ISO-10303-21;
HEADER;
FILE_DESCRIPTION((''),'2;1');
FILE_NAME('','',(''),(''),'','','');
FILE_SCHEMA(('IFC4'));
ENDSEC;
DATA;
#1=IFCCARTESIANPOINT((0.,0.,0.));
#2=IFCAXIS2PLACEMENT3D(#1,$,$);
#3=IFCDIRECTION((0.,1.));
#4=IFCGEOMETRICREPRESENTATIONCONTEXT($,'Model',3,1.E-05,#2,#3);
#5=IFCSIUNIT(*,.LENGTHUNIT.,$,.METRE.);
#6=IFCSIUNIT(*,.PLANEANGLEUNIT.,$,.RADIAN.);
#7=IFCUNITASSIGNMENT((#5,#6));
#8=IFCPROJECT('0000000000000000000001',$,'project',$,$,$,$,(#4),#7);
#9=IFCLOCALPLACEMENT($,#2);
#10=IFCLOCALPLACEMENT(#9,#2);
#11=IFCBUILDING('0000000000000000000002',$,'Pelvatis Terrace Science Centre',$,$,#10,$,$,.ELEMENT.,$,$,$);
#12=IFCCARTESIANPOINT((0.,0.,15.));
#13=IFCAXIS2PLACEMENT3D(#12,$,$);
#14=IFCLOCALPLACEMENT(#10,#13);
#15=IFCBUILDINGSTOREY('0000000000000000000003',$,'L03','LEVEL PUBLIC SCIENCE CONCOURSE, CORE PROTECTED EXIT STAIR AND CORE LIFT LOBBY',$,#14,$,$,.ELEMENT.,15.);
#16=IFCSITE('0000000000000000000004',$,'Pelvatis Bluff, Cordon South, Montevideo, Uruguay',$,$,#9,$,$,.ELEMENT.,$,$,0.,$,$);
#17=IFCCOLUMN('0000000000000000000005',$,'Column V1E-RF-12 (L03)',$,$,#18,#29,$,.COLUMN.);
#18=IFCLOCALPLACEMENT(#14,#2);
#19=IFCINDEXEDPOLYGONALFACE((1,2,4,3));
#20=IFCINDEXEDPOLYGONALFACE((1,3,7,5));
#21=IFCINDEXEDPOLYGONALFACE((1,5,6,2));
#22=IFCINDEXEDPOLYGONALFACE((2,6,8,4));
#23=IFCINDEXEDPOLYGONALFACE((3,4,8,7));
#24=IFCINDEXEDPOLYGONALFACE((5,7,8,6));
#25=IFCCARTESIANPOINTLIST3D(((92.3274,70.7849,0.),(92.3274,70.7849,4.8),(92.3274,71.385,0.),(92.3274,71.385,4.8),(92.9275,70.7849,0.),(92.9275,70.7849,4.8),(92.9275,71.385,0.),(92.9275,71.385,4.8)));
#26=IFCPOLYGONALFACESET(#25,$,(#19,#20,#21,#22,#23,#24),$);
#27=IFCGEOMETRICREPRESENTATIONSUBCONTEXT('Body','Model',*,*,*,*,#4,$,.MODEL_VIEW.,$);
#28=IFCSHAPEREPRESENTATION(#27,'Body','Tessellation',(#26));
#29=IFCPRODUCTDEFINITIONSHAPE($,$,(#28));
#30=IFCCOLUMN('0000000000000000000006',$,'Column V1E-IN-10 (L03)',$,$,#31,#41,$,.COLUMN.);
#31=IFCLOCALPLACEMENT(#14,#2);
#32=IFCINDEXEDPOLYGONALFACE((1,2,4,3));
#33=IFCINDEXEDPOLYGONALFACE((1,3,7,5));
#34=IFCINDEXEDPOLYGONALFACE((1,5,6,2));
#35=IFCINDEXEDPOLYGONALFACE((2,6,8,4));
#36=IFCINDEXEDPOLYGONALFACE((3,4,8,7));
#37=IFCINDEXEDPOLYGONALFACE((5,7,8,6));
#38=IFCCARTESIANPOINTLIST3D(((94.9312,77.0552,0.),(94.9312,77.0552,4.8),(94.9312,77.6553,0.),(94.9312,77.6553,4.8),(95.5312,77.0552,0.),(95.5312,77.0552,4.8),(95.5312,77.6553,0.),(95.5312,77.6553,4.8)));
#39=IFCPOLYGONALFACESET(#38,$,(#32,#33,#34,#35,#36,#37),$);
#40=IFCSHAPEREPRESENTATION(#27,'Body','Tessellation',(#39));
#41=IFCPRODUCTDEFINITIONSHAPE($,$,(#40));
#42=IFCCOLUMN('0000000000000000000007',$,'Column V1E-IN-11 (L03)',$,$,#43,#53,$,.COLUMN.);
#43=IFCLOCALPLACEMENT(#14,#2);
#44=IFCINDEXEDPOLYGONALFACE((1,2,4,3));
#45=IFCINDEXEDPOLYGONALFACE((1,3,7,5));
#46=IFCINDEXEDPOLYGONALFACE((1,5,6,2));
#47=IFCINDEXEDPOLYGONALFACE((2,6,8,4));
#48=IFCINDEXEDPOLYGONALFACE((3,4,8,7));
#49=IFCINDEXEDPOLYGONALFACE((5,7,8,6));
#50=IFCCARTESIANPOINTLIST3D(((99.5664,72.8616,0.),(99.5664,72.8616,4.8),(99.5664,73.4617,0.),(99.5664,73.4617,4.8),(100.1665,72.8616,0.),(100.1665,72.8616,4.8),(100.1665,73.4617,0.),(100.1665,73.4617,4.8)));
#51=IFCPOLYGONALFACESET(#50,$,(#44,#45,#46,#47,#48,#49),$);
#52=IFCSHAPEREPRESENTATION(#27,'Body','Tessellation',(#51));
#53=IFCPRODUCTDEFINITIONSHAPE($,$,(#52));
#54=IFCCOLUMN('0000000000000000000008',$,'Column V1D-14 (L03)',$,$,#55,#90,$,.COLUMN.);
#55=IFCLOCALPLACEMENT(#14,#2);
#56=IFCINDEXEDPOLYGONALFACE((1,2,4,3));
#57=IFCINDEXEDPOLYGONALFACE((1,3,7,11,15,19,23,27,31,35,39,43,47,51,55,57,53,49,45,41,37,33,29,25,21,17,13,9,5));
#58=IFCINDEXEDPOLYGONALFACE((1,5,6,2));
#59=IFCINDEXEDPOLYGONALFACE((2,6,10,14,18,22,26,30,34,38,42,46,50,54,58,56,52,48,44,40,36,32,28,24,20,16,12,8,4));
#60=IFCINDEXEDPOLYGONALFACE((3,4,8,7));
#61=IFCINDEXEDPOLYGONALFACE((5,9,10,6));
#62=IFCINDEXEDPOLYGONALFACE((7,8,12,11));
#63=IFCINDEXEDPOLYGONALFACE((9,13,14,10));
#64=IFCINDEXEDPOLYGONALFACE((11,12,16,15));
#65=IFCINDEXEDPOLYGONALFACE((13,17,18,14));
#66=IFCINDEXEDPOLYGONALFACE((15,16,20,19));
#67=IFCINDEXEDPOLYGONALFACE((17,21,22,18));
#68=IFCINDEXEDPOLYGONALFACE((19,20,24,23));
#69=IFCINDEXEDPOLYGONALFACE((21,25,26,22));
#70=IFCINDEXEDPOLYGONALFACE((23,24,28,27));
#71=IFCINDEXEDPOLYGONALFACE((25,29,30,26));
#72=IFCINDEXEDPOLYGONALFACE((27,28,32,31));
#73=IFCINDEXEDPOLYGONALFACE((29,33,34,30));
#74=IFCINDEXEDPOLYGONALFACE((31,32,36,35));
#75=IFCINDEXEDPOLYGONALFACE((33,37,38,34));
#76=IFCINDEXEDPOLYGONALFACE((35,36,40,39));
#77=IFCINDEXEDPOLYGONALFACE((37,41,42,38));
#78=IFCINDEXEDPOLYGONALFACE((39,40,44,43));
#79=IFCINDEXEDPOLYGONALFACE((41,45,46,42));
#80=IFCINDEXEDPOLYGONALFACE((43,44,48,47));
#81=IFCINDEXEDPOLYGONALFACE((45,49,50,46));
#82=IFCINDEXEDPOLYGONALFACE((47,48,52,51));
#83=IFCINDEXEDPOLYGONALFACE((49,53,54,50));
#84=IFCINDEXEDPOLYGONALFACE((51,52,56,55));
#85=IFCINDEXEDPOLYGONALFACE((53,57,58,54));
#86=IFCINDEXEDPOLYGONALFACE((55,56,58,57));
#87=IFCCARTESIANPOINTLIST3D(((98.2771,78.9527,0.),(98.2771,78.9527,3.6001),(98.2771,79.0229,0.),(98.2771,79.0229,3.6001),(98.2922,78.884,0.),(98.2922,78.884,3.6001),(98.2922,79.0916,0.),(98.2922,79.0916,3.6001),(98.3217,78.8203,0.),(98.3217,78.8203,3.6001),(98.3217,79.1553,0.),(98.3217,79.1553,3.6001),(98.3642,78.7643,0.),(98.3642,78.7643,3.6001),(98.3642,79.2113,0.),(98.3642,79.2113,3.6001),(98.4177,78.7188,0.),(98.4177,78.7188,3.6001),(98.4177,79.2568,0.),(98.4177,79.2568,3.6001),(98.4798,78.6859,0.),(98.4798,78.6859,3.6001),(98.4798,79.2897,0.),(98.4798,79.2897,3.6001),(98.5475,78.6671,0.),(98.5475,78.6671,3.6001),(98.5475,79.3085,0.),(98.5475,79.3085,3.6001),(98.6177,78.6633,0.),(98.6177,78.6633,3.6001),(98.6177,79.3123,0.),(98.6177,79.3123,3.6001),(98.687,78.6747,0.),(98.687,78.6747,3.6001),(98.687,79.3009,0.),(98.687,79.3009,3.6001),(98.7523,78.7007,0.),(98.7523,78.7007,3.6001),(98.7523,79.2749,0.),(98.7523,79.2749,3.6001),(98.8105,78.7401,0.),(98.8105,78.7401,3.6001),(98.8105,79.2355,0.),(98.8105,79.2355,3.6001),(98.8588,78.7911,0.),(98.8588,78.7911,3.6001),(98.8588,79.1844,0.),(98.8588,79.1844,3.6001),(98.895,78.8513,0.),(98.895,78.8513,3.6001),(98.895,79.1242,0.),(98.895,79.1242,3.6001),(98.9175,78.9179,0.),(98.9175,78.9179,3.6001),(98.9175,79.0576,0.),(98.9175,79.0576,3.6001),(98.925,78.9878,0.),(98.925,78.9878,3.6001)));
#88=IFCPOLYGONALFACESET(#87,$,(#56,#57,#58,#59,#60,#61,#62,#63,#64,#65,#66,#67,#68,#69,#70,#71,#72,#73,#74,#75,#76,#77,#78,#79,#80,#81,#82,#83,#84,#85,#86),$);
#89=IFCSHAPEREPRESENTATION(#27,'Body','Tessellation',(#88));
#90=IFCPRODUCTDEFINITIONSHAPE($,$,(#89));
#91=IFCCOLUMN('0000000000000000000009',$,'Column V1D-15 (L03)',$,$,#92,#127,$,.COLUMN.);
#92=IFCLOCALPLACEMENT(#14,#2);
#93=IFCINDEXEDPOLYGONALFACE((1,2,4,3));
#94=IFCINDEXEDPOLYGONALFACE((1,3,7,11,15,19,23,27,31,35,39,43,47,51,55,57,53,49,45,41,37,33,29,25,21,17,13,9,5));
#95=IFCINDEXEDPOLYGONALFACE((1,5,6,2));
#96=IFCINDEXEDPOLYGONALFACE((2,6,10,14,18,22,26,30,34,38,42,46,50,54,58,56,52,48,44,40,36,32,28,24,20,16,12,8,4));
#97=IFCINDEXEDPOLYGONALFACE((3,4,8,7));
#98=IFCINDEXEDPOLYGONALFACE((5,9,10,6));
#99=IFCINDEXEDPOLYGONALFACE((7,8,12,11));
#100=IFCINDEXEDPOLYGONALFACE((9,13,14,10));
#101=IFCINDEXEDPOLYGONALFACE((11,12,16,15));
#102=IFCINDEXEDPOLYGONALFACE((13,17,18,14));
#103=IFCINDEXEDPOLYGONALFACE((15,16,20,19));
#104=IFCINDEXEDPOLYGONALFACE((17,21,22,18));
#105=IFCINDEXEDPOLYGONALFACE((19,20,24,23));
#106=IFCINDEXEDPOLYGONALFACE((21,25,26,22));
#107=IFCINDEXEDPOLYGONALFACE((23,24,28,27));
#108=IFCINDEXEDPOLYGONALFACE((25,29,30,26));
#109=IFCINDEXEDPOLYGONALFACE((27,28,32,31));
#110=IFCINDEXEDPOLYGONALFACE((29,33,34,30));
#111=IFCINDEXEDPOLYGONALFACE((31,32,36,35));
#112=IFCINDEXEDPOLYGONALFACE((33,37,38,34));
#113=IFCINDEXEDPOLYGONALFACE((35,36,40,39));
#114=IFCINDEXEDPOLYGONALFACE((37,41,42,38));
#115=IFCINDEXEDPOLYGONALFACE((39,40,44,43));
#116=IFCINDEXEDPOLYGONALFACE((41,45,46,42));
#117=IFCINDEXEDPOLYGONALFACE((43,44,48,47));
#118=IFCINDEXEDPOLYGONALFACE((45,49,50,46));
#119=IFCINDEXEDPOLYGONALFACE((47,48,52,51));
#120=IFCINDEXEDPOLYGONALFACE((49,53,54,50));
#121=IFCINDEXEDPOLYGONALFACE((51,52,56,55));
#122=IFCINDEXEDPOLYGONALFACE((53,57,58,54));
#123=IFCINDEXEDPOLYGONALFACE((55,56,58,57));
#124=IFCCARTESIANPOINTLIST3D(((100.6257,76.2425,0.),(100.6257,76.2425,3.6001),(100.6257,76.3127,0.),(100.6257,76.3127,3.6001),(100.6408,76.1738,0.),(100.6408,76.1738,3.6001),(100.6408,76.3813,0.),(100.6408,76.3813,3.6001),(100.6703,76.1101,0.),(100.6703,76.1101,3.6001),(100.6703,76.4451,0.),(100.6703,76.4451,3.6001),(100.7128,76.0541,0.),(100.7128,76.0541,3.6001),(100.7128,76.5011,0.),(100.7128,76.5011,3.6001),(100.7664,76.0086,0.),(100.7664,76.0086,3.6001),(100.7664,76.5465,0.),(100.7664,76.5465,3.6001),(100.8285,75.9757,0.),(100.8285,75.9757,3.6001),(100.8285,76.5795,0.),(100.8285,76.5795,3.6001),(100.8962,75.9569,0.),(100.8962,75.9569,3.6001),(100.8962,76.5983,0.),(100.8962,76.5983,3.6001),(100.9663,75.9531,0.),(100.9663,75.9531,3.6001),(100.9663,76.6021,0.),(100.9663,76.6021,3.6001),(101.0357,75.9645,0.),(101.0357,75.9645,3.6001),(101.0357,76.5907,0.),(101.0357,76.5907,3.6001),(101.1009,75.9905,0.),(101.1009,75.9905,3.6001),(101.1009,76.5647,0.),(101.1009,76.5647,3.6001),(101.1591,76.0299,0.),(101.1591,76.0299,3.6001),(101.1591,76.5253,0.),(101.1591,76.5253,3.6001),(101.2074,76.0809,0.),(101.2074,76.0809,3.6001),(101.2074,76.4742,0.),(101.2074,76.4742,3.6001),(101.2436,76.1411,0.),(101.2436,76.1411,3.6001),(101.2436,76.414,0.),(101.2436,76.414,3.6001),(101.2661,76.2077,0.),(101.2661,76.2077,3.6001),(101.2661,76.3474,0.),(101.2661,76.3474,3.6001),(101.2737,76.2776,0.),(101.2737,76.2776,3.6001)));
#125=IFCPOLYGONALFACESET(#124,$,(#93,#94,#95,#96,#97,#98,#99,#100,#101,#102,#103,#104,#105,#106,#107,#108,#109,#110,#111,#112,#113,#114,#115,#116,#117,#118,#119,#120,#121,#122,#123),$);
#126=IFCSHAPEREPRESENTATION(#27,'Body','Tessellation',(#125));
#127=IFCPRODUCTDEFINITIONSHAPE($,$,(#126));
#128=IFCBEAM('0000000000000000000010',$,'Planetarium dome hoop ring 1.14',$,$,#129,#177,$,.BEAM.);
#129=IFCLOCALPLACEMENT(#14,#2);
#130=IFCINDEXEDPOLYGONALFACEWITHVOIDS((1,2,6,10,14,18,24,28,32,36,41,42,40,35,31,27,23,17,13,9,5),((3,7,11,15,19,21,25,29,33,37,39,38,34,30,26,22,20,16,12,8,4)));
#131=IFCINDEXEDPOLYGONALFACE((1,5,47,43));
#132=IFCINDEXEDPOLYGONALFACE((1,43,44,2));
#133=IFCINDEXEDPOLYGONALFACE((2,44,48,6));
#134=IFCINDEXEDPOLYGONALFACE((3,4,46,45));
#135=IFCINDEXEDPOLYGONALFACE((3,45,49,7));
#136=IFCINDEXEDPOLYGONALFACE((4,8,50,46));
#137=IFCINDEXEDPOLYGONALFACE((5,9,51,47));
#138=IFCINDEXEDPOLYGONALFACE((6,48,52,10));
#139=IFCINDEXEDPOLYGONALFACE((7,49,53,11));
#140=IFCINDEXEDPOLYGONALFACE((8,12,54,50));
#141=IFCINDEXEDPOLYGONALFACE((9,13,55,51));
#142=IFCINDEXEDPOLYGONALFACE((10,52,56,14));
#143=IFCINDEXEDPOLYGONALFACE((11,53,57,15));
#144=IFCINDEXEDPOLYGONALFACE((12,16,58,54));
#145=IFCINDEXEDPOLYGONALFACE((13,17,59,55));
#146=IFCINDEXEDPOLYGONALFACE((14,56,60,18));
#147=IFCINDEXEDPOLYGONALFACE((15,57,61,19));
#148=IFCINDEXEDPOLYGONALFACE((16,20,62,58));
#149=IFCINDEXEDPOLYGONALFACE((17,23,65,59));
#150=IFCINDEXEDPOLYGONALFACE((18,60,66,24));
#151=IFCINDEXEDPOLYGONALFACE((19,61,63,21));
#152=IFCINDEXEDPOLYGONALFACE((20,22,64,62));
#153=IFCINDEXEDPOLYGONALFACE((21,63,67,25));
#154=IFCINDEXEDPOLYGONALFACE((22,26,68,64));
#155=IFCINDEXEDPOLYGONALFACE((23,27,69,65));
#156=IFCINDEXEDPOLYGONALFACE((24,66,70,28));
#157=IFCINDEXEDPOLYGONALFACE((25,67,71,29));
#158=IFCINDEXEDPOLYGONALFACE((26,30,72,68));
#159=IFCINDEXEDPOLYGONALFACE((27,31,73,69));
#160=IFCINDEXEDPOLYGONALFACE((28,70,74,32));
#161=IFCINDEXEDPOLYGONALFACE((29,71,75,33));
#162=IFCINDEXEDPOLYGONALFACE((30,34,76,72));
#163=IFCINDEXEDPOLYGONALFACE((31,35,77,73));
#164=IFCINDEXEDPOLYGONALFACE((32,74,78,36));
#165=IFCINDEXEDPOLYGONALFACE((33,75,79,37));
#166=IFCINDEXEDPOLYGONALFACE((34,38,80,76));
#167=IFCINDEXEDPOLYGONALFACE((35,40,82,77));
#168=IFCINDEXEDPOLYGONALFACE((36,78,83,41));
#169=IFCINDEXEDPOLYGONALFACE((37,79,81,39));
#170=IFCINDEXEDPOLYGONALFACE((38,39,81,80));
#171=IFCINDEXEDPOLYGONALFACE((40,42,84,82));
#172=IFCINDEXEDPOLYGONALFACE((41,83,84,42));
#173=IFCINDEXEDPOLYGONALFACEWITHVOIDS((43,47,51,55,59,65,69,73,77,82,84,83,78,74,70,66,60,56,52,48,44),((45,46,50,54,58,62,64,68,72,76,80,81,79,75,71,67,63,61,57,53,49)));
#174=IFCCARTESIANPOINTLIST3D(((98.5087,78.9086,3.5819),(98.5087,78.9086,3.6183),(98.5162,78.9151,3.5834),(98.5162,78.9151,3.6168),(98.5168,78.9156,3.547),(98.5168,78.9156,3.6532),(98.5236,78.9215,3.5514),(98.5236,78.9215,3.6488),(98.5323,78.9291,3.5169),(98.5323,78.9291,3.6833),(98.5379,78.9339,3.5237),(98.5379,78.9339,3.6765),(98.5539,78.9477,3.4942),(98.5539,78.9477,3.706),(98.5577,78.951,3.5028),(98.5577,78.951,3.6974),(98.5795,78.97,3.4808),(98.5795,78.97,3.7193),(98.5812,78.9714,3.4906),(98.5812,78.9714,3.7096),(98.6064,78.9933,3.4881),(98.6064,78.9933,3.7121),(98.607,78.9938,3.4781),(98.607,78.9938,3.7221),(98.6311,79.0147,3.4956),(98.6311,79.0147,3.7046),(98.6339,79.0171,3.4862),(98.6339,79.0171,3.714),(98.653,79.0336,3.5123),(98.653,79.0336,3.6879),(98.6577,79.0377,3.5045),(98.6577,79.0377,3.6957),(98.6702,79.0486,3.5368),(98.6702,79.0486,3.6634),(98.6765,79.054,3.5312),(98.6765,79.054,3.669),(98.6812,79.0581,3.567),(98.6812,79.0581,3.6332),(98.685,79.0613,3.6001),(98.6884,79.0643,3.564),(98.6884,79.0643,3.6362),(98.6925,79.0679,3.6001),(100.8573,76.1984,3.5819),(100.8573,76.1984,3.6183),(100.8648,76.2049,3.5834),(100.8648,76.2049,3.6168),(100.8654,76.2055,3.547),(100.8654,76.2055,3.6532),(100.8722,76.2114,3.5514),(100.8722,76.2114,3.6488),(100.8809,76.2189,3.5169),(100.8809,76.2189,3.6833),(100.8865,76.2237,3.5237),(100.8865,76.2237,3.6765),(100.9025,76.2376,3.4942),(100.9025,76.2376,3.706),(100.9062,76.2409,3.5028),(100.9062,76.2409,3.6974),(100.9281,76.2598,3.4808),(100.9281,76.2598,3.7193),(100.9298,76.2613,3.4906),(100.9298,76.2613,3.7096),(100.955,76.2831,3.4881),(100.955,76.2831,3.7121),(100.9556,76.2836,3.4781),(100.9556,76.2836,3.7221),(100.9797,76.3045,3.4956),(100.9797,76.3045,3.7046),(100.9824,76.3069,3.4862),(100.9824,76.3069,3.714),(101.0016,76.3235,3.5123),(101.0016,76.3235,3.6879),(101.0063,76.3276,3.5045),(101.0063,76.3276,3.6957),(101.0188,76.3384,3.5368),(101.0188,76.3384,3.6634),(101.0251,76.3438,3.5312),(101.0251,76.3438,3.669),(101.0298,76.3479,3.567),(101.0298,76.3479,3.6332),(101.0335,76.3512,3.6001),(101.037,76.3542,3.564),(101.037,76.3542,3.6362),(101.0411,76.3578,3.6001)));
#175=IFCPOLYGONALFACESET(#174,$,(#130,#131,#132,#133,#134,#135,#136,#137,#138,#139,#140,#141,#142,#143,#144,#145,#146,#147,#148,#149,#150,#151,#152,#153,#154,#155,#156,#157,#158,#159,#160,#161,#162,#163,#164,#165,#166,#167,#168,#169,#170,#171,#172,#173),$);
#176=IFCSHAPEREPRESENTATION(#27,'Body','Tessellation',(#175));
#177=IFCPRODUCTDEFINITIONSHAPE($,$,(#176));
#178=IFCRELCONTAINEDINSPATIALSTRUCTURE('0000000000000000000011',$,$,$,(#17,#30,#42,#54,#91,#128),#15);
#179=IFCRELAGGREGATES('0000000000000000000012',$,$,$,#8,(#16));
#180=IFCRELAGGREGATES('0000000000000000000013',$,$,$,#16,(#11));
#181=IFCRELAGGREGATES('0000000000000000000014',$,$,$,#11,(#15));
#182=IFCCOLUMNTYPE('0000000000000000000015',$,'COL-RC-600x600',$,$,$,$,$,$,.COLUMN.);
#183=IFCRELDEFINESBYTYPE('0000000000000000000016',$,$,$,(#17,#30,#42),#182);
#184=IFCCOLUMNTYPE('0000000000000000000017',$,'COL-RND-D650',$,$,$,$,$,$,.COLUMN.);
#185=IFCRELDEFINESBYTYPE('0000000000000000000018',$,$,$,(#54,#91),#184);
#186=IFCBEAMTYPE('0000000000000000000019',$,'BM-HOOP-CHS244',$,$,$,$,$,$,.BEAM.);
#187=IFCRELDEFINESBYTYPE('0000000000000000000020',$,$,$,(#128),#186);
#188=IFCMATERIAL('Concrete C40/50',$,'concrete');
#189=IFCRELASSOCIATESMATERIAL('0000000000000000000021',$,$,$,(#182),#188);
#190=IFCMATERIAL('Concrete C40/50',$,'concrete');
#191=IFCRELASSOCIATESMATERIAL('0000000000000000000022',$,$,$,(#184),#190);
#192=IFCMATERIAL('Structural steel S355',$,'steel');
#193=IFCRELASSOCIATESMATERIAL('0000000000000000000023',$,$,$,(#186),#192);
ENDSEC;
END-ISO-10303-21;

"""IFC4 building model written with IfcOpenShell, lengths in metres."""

from ifc_helpers import new_model, si_unit, direction, frame, origin, origin_2d, place, context, subcontext, project, spatial, rectangle, circle, hollow_circle, extrude, material, material_profile, profile_set, type_object, element, save


model = new_model("IFC4")

# Units and contexts
model_context = context("Model", 3, precision=1e-05, world=origin(), true_north=direction((0.0, 1.0)))
body_context = subcontext(model_context, "Body", "Model", "MODEL_VIEW")
ifc_project = project(units=[si_unit("LENGTHUNIT", "METRE"), si_unit("PLANEANGLEUNIT", "RADIAN")], contexts=[model_context])

# Site, building, storey
site_placement = place(None, origin())
site = spatial("IfcSite", under=ifc_project, at=site_placement, Name="Pelvatis Bluff, Cordon South, Montevideo, Uruguay", CompositionType="ELEMENT", RefElevation=0.0)
building_placement = place(site_placement, origin())
building = spatial("IfcBuilding", under=site, at=building_placement, Name="Pelvatis Terrace Science Centre", CompositionType="ELEMENT")
storey_placement = place(building_placement, frame((0.0, 0.0, 15.0)))
storey = spatial("IfcBuildingStorey", under=building, at=storey_placement, Name="L03", Description="LEVEL PUBLIC SCIENCE CONCOURSE, CORE PROTECTED EXIT STAIR AND CORE LIFT LOBBY", CompositionType="ELEMENT", Elevation=15.0)

# Columns
ifc_material_1 = material(Name="Concrete C40/50", Category="concrete")
ifc_material_profile_1 = material_profile(ifc_material_1, rectangle(XDim=0.6001, YDim=0.6001, at=origin_2d()), Name="RC-COL 600x600")
ifc_profile_set_1 = profile_set([ifc_material_profile_1], Name="Concrete C40/50")
column_type_1 = type_object("IfcColumnType", Name="COL-RC-600x600", PredefinedType="COLUMN", material=ifc_profile_set_1)
for number, where, z_axis, x_axis, name in (
    (1, (92.6274, 71.085, 0.0), (0.0, 0.0, 1.0), (1.0, 0.0, 0.0), "Column V1E-RF-12 (L03)"),
    (2, (95.2312, 77.3552, 0.0), (0.0, 0.0, 1.0), (1.0, 0.0, 0.0), "Column V1E-IN-10 (L03)"),
    (3, (99.8665, 73.1616, 0.0), (0.0, 0.0, 1.0), (1.0, 0.0, 0.0), "Column V1E-IN-11 (L03)"),
):
    element("IfcColumn", number, at=place(storey_placement, frame(where, z_axis=z_axis, x_axis=x_axis)), inside=storey, type_object=column_type_1, Name=name, PredefinedType="COLUMN", context=body_context, shape_type="SweptSolid", body=[
        extrude(rectangle(XDim=0.6001, YDim=0.6001, at=origin_2d()), origin(), (0.0, 0.0, 1.0), 4.8),
    ])
ifc_material_2 = material(Name="Concrete C40/50", Category="concrete")
ifc_material_profile_2 = material_profile(ifc_material_2, circle(Radius=0.325, at=origin_2d()), Name="RC-RCOL D650")
ifc_profile_set_2 = profile_set([ifc_material_profile_2], Name="Concrete C40/50")
column_type_2 = type_object("IfcColumnType", Name="COL-RND-D650", PredefinedType="COLUMN", material=ifc_profile_set_2)
for number, where, z_axis, x_axis, name in (
    (4, (98.6001, 78.9878, 0.0), (0.0, 0.0, 1.0), (1.0, 0.0, 0.0), "Column V1D-14 (L03)"),
    (5, (100.9487, 76.2776, 0.0), (0.0, 0.0, 1.0), (1.0, 0.0, 0.0), "Column V1D-15 (L03)"),
):
    element("IfcColumn", number, at=place(storey_placement, frame(where, z_axis=z_axis, x_axis=x_axis)), inside=storey, type_object=column_type_2, Name=name, PredefinedType="COLUMN", context=body_context, shape_type="SweptSolid", body=[
        extrude(circle(Radius=0.325, at=origin_2d()), origin(), (0.0, 0.0, 1.0), 3.6001),
    ])

# Beam
ifc_material_3 = material(Name="Structural steel S355", Category="steel")
ifc_material_profile_3 = material_profile(ifc_material_3, hollow_circle(Radius=0.1223, WallThickness=0.01, at=origin_2d()), Name="CHS 244.5x10.0")
ifc_profile_set_3 = profile_set([ifc_material_profile_3], Name="Structural steel S355")
beam_type_1 = type_object("IfcBeamType", Name="BM-HOOP-CHS244", PredefinedType="BEAM", material=ifc_profile_set_3)
beam_1_placement = place(storey_placement, frame((98.6001, 78.9878, 3.6001), z_axis=(0.654897, -0.755718, 0.0), x_axis=(0.755718, 0.654897, 0.0)))
element("IfcBeam", 6, at=beam_1_placement, inside=storey, type_object=beam_type_1, Name="Planetarium dome hoop ring 1.14", PredefinedType="BEAM", context=body_context, shape_type="SweptSolid", body=[
    extrude(hollow_circle(Radius=0.1223, WallThickness=0.01, at=origin_2d()), origin(), (0.0, 0.0, 1.0), 3.5862),
])

save(model, "model.ifc")
